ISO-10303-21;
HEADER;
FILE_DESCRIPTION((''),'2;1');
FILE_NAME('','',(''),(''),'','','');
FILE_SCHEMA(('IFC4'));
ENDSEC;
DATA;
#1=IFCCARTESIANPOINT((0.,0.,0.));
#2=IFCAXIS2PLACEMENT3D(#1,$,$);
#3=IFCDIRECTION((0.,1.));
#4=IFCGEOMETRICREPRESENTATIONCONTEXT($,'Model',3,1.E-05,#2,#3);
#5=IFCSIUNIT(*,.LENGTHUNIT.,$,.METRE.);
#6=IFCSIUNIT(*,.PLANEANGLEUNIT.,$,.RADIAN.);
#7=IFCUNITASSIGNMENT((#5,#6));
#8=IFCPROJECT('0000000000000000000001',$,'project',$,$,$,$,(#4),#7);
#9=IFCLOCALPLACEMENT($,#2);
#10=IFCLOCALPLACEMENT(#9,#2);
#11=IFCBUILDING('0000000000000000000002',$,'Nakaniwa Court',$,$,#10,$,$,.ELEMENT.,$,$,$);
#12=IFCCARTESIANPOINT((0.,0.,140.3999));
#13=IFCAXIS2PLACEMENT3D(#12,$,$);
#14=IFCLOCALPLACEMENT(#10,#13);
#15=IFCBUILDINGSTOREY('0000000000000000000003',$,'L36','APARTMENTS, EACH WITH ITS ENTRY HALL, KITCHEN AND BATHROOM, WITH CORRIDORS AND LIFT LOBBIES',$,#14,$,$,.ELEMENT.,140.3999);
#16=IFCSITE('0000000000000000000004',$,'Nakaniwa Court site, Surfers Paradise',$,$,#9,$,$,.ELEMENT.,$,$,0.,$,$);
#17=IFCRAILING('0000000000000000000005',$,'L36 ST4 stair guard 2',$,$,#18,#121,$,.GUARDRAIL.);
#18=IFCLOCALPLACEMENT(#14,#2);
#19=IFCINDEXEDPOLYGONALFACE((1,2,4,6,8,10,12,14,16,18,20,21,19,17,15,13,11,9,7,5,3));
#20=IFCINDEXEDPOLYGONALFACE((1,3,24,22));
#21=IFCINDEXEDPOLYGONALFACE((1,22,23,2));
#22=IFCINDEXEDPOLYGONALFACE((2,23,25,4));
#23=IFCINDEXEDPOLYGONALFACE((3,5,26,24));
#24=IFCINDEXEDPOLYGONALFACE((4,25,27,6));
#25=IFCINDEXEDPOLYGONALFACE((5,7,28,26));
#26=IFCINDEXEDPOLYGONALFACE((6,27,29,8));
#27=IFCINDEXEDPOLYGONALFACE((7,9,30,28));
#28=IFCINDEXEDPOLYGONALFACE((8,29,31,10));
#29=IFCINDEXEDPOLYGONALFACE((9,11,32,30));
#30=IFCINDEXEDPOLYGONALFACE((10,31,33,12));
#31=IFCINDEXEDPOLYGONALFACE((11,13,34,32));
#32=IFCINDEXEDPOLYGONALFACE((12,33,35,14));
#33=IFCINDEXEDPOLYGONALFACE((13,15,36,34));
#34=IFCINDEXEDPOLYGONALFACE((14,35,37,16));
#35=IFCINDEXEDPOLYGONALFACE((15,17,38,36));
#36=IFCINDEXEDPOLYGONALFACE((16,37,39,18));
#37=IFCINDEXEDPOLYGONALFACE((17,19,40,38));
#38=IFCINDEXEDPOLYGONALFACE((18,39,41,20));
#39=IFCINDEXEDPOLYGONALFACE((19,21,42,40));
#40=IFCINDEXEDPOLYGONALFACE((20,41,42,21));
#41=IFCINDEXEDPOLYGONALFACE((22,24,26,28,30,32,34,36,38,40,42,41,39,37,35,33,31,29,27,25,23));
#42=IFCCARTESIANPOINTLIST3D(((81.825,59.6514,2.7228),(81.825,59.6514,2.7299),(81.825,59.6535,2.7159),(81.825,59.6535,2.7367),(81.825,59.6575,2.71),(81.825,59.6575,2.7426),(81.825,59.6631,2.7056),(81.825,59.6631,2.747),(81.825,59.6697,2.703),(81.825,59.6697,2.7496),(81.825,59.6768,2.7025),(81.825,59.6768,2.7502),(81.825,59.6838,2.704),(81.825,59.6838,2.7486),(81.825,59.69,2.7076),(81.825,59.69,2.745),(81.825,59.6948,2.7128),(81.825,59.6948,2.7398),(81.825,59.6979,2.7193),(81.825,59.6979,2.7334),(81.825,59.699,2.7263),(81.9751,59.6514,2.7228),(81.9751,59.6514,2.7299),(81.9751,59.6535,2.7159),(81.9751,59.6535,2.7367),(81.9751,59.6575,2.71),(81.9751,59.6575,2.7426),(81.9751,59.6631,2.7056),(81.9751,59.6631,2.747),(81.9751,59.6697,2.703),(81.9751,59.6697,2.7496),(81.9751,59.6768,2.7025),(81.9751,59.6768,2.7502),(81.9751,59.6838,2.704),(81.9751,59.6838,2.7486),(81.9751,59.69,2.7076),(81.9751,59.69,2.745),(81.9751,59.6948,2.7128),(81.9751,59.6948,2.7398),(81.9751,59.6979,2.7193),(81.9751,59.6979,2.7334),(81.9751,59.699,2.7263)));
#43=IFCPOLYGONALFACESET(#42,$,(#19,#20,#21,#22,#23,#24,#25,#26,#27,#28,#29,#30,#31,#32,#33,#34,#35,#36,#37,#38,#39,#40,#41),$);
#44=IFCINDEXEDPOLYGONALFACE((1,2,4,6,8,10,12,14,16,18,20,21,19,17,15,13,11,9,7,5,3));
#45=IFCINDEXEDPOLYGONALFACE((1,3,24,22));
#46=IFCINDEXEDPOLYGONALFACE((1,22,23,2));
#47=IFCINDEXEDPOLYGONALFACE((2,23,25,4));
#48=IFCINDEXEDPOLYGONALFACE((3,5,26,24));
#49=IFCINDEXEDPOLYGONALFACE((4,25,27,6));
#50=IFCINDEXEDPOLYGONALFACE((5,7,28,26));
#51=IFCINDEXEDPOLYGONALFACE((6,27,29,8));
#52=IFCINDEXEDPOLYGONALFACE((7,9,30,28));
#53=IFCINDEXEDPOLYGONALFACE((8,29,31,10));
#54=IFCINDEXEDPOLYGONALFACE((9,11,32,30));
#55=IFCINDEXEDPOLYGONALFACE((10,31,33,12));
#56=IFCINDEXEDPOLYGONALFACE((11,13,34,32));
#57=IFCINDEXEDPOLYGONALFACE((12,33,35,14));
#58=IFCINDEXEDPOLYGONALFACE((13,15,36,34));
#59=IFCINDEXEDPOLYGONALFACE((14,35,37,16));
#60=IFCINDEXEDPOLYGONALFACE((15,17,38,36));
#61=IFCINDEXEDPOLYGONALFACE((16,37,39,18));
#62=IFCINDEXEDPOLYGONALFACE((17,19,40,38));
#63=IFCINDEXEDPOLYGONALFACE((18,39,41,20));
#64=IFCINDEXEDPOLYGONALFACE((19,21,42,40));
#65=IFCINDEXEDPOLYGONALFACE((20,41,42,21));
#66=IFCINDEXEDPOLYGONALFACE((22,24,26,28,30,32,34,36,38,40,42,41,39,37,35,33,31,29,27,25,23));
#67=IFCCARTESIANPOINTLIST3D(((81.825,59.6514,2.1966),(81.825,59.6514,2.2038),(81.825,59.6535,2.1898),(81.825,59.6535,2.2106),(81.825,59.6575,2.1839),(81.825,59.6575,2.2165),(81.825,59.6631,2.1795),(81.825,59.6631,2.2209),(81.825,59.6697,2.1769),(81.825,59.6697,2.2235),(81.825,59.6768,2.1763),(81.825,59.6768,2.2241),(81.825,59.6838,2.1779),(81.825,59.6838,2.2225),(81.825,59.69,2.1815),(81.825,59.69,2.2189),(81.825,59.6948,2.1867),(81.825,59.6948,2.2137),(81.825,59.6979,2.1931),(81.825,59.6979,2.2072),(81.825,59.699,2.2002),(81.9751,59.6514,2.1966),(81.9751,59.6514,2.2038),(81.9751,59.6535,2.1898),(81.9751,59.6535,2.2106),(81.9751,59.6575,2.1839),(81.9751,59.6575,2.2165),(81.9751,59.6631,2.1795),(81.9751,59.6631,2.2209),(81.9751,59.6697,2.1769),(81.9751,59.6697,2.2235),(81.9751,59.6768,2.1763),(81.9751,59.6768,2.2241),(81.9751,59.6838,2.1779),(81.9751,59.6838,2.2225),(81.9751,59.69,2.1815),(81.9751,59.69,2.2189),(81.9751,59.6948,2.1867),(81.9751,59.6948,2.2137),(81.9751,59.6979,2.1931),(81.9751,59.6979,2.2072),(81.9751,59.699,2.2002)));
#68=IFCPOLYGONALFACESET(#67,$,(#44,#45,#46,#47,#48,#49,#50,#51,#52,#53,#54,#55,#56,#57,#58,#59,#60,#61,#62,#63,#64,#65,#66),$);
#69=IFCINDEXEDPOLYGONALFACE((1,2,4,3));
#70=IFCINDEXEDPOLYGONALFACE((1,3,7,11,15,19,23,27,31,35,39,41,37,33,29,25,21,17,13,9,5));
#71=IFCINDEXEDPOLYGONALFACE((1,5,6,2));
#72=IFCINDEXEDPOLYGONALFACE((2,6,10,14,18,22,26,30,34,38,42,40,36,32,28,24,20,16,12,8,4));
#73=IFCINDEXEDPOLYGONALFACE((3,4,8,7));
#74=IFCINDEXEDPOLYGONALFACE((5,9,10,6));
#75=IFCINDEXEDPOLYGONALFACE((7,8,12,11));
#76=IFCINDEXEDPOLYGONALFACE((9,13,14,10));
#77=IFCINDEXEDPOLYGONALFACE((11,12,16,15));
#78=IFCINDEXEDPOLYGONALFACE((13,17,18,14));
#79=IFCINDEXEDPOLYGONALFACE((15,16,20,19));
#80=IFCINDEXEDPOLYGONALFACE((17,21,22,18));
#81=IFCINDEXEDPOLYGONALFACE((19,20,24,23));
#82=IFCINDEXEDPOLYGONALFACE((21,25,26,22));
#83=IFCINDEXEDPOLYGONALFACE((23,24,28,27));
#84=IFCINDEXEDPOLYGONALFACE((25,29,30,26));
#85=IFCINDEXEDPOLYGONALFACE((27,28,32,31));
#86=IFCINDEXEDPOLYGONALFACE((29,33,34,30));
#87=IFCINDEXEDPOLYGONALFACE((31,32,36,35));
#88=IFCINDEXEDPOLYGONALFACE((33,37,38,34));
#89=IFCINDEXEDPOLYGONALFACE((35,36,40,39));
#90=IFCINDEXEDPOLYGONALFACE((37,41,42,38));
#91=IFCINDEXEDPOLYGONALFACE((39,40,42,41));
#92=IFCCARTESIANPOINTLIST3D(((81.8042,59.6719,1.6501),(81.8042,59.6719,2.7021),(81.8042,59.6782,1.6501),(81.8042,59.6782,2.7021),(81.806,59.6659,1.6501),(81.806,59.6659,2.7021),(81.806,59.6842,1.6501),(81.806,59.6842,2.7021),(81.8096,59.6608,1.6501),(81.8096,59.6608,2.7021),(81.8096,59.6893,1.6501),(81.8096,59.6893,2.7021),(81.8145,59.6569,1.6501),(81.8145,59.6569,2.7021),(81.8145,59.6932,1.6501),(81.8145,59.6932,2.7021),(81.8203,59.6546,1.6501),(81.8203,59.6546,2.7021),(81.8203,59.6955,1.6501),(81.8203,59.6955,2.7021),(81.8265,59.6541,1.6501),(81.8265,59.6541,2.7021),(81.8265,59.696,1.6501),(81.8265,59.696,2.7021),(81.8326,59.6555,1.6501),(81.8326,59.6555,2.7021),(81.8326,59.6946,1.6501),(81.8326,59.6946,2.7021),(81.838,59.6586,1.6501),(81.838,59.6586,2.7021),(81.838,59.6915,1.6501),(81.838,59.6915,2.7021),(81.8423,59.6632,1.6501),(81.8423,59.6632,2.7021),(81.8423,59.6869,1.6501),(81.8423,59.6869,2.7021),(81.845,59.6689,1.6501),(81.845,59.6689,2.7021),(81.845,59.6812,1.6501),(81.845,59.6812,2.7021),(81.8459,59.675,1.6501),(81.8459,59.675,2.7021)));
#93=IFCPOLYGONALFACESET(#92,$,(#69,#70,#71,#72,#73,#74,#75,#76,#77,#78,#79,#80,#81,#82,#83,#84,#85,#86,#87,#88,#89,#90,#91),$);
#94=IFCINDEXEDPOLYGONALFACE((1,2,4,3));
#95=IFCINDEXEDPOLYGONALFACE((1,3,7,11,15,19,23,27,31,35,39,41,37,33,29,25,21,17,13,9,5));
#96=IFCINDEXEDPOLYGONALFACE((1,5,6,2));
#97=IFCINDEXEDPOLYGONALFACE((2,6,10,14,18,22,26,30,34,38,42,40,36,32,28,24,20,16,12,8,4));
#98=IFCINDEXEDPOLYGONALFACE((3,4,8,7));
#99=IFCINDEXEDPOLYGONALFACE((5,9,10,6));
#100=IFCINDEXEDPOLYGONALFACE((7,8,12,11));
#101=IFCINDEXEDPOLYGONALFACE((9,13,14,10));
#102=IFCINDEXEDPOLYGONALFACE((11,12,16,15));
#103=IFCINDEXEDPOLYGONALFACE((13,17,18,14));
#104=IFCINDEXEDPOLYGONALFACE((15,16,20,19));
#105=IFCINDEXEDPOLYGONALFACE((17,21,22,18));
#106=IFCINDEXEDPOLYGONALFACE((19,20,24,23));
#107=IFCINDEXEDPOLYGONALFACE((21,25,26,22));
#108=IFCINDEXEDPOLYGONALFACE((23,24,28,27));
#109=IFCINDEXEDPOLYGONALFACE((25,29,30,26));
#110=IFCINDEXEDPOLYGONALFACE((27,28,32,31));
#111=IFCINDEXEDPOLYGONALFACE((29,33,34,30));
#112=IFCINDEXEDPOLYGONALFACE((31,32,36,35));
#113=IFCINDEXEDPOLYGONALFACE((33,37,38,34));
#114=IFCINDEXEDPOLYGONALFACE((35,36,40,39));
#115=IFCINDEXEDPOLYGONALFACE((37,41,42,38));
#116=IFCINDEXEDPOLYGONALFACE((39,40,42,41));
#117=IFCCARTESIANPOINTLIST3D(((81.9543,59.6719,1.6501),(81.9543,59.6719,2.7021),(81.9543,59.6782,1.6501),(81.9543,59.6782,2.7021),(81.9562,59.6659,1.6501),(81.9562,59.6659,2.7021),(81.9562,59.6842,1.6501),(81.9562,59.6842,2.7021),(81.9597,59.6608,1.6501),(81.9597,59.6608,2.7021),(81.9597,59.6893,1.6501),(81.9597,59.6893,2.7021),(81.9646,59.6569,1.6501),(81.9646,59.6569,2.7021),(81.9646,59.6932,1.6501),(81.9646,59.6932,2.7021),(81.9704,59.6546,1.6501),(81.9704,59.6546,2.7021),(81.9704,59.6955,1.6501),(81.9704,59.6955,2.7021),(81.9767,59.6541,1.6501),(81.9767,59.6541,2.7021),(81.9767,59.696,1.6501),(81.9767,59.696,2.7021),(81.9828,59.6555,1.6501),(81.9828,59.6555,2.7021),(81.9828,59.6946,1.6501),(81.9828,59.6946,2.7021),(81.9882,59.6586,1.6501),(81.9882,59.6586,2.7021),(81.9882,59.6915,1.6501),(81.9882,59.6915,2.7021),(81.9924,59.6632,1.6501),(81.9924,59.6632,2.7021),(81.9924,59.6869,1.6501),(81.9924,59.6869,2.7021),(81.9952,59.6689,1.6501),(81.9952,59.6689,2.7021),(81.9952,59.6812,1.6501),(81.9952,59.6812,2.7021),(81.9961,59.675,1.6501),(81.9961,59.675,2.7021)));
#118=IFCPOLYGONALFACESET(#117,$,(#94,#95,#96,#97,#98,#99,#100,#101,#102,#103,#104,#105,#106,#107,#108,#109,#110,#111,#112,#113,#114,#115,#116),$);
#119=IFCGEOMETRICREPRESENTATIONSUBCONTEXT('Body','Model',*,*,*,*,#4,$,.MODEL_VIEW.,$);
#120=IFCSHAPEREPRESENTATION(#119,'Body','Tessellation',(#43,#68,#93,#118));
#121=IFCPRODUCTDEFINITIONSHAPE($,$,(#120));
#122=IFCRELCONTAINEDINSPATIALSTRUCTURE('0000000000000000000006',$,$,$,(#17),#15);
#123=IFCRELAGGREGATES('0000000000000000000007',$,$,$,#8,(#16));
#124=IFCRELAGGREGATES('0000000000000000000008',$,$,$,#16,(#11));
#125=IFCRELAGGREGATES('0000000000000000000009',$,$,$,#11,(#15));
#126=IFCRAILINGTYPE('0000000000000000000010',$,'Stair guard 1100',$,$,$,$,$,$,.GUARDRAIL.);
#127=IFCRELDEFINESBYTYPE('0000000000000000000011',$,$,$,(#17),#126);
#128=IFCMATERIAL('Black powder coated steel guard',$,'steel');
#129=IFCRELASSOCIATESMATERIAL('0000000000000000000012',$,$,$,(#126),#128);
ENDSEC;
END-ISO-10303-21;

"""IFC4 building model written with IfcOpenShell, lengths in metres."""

from ifc_helpers import new_model, si_unit, direction, frame, origin, origin_2d, place, context, subcontext, project, spatial, circle, extrude, material, type_object, element, save


model = new_model("IFC4")

# Units and contexts
model_context = context("Model", 3, precision=1e-05, world=origin(), true_north=direction((0.0, 1.0)))
body_context = subcontext(model_context, "Body", "Model", "MODEL_VIEW")
ifc_project = project(units=[si_unit("LENGTHUNIT", "METRE"), si_unit("PLANEANGLEUNIT", "RADIAN")], contexts=[model_context])

# Site, building, storey
site_placement = place(None, origin())
site = spatial("IfcSite", under=ifc_project, at=site_placement, Name="Nakaniwa Court site, Surfers Paradise", CompositionType="ELEMENT", RefElevation=0.0)
building_placement = place(site_placement, origin())
building = spatial("IfcBuilding", under=site, at=building_placement, Name="Nakaniwa Court", CompositionType="ELEMENT")
storey_placement = place(building_placement, frame((0.0, 0.0, 140.3999)))
storey = spatial("IfcBuildingStorey", under=building, at=storey_placement, Name="L36", Description="APARTMENTS, EACH WITH ITS ENTRY HALL, KITCHEN AND BATHROOM, WITH CORRIDORS AND LIFT LOBBIES", CompositionType="ELEMENT", Elevation=140.3999)

# Railing
ifc_material_1 = material(Name="Black powder coated steel guard", Category="steel")
railing_type_1 = type_object("IfcRailingType", Name="Stair guard 1100", PredefinedType="GUARDRAIL", material=ifc_material_1)
railing_1_placement = place(storey_placement, frame((81.825, 59.675, 1.6501)))
element("IfcRailing", 1, at=railing_1_placement, inside=storey, type_object=railing_type_1, Name="L36 ST4 stair guard 2", PredefinedType="GUARDRAIL", context=body_context, shape_type="SweptSolid", body=[
    extrude(circle(Radius=0.0239, at=origin_2d()), frame((0.0, 0.0, 1.0762), z_axis=(1.0, 0.0, 0.0), x_axis=(0.0, 1.0, 0.0)), (0.0, 0.0, 1.0), 0.1501),
    extrude(circle(Radius=0.0239, at=origin_2d()), frame((0.0, 0.0, 0.55), z_axis=(1.0, 0.0, 0.0), x_axis=(0.0, 1.0, 0.0)), (0.0, 0.0, 1.0), 0.1501),
    extrude(circle(Radius=0.021, at=origin_2d()), origin(), (0.0, 0.0, 1.0), 1.052),
    extrude(circle(Radius=0.021, at=origin_2d()), frame((0.1501, 0.0, 0.0)), (0.0, 0.0, 1.0), 1.052),
])

save(model, "model.ifc")
